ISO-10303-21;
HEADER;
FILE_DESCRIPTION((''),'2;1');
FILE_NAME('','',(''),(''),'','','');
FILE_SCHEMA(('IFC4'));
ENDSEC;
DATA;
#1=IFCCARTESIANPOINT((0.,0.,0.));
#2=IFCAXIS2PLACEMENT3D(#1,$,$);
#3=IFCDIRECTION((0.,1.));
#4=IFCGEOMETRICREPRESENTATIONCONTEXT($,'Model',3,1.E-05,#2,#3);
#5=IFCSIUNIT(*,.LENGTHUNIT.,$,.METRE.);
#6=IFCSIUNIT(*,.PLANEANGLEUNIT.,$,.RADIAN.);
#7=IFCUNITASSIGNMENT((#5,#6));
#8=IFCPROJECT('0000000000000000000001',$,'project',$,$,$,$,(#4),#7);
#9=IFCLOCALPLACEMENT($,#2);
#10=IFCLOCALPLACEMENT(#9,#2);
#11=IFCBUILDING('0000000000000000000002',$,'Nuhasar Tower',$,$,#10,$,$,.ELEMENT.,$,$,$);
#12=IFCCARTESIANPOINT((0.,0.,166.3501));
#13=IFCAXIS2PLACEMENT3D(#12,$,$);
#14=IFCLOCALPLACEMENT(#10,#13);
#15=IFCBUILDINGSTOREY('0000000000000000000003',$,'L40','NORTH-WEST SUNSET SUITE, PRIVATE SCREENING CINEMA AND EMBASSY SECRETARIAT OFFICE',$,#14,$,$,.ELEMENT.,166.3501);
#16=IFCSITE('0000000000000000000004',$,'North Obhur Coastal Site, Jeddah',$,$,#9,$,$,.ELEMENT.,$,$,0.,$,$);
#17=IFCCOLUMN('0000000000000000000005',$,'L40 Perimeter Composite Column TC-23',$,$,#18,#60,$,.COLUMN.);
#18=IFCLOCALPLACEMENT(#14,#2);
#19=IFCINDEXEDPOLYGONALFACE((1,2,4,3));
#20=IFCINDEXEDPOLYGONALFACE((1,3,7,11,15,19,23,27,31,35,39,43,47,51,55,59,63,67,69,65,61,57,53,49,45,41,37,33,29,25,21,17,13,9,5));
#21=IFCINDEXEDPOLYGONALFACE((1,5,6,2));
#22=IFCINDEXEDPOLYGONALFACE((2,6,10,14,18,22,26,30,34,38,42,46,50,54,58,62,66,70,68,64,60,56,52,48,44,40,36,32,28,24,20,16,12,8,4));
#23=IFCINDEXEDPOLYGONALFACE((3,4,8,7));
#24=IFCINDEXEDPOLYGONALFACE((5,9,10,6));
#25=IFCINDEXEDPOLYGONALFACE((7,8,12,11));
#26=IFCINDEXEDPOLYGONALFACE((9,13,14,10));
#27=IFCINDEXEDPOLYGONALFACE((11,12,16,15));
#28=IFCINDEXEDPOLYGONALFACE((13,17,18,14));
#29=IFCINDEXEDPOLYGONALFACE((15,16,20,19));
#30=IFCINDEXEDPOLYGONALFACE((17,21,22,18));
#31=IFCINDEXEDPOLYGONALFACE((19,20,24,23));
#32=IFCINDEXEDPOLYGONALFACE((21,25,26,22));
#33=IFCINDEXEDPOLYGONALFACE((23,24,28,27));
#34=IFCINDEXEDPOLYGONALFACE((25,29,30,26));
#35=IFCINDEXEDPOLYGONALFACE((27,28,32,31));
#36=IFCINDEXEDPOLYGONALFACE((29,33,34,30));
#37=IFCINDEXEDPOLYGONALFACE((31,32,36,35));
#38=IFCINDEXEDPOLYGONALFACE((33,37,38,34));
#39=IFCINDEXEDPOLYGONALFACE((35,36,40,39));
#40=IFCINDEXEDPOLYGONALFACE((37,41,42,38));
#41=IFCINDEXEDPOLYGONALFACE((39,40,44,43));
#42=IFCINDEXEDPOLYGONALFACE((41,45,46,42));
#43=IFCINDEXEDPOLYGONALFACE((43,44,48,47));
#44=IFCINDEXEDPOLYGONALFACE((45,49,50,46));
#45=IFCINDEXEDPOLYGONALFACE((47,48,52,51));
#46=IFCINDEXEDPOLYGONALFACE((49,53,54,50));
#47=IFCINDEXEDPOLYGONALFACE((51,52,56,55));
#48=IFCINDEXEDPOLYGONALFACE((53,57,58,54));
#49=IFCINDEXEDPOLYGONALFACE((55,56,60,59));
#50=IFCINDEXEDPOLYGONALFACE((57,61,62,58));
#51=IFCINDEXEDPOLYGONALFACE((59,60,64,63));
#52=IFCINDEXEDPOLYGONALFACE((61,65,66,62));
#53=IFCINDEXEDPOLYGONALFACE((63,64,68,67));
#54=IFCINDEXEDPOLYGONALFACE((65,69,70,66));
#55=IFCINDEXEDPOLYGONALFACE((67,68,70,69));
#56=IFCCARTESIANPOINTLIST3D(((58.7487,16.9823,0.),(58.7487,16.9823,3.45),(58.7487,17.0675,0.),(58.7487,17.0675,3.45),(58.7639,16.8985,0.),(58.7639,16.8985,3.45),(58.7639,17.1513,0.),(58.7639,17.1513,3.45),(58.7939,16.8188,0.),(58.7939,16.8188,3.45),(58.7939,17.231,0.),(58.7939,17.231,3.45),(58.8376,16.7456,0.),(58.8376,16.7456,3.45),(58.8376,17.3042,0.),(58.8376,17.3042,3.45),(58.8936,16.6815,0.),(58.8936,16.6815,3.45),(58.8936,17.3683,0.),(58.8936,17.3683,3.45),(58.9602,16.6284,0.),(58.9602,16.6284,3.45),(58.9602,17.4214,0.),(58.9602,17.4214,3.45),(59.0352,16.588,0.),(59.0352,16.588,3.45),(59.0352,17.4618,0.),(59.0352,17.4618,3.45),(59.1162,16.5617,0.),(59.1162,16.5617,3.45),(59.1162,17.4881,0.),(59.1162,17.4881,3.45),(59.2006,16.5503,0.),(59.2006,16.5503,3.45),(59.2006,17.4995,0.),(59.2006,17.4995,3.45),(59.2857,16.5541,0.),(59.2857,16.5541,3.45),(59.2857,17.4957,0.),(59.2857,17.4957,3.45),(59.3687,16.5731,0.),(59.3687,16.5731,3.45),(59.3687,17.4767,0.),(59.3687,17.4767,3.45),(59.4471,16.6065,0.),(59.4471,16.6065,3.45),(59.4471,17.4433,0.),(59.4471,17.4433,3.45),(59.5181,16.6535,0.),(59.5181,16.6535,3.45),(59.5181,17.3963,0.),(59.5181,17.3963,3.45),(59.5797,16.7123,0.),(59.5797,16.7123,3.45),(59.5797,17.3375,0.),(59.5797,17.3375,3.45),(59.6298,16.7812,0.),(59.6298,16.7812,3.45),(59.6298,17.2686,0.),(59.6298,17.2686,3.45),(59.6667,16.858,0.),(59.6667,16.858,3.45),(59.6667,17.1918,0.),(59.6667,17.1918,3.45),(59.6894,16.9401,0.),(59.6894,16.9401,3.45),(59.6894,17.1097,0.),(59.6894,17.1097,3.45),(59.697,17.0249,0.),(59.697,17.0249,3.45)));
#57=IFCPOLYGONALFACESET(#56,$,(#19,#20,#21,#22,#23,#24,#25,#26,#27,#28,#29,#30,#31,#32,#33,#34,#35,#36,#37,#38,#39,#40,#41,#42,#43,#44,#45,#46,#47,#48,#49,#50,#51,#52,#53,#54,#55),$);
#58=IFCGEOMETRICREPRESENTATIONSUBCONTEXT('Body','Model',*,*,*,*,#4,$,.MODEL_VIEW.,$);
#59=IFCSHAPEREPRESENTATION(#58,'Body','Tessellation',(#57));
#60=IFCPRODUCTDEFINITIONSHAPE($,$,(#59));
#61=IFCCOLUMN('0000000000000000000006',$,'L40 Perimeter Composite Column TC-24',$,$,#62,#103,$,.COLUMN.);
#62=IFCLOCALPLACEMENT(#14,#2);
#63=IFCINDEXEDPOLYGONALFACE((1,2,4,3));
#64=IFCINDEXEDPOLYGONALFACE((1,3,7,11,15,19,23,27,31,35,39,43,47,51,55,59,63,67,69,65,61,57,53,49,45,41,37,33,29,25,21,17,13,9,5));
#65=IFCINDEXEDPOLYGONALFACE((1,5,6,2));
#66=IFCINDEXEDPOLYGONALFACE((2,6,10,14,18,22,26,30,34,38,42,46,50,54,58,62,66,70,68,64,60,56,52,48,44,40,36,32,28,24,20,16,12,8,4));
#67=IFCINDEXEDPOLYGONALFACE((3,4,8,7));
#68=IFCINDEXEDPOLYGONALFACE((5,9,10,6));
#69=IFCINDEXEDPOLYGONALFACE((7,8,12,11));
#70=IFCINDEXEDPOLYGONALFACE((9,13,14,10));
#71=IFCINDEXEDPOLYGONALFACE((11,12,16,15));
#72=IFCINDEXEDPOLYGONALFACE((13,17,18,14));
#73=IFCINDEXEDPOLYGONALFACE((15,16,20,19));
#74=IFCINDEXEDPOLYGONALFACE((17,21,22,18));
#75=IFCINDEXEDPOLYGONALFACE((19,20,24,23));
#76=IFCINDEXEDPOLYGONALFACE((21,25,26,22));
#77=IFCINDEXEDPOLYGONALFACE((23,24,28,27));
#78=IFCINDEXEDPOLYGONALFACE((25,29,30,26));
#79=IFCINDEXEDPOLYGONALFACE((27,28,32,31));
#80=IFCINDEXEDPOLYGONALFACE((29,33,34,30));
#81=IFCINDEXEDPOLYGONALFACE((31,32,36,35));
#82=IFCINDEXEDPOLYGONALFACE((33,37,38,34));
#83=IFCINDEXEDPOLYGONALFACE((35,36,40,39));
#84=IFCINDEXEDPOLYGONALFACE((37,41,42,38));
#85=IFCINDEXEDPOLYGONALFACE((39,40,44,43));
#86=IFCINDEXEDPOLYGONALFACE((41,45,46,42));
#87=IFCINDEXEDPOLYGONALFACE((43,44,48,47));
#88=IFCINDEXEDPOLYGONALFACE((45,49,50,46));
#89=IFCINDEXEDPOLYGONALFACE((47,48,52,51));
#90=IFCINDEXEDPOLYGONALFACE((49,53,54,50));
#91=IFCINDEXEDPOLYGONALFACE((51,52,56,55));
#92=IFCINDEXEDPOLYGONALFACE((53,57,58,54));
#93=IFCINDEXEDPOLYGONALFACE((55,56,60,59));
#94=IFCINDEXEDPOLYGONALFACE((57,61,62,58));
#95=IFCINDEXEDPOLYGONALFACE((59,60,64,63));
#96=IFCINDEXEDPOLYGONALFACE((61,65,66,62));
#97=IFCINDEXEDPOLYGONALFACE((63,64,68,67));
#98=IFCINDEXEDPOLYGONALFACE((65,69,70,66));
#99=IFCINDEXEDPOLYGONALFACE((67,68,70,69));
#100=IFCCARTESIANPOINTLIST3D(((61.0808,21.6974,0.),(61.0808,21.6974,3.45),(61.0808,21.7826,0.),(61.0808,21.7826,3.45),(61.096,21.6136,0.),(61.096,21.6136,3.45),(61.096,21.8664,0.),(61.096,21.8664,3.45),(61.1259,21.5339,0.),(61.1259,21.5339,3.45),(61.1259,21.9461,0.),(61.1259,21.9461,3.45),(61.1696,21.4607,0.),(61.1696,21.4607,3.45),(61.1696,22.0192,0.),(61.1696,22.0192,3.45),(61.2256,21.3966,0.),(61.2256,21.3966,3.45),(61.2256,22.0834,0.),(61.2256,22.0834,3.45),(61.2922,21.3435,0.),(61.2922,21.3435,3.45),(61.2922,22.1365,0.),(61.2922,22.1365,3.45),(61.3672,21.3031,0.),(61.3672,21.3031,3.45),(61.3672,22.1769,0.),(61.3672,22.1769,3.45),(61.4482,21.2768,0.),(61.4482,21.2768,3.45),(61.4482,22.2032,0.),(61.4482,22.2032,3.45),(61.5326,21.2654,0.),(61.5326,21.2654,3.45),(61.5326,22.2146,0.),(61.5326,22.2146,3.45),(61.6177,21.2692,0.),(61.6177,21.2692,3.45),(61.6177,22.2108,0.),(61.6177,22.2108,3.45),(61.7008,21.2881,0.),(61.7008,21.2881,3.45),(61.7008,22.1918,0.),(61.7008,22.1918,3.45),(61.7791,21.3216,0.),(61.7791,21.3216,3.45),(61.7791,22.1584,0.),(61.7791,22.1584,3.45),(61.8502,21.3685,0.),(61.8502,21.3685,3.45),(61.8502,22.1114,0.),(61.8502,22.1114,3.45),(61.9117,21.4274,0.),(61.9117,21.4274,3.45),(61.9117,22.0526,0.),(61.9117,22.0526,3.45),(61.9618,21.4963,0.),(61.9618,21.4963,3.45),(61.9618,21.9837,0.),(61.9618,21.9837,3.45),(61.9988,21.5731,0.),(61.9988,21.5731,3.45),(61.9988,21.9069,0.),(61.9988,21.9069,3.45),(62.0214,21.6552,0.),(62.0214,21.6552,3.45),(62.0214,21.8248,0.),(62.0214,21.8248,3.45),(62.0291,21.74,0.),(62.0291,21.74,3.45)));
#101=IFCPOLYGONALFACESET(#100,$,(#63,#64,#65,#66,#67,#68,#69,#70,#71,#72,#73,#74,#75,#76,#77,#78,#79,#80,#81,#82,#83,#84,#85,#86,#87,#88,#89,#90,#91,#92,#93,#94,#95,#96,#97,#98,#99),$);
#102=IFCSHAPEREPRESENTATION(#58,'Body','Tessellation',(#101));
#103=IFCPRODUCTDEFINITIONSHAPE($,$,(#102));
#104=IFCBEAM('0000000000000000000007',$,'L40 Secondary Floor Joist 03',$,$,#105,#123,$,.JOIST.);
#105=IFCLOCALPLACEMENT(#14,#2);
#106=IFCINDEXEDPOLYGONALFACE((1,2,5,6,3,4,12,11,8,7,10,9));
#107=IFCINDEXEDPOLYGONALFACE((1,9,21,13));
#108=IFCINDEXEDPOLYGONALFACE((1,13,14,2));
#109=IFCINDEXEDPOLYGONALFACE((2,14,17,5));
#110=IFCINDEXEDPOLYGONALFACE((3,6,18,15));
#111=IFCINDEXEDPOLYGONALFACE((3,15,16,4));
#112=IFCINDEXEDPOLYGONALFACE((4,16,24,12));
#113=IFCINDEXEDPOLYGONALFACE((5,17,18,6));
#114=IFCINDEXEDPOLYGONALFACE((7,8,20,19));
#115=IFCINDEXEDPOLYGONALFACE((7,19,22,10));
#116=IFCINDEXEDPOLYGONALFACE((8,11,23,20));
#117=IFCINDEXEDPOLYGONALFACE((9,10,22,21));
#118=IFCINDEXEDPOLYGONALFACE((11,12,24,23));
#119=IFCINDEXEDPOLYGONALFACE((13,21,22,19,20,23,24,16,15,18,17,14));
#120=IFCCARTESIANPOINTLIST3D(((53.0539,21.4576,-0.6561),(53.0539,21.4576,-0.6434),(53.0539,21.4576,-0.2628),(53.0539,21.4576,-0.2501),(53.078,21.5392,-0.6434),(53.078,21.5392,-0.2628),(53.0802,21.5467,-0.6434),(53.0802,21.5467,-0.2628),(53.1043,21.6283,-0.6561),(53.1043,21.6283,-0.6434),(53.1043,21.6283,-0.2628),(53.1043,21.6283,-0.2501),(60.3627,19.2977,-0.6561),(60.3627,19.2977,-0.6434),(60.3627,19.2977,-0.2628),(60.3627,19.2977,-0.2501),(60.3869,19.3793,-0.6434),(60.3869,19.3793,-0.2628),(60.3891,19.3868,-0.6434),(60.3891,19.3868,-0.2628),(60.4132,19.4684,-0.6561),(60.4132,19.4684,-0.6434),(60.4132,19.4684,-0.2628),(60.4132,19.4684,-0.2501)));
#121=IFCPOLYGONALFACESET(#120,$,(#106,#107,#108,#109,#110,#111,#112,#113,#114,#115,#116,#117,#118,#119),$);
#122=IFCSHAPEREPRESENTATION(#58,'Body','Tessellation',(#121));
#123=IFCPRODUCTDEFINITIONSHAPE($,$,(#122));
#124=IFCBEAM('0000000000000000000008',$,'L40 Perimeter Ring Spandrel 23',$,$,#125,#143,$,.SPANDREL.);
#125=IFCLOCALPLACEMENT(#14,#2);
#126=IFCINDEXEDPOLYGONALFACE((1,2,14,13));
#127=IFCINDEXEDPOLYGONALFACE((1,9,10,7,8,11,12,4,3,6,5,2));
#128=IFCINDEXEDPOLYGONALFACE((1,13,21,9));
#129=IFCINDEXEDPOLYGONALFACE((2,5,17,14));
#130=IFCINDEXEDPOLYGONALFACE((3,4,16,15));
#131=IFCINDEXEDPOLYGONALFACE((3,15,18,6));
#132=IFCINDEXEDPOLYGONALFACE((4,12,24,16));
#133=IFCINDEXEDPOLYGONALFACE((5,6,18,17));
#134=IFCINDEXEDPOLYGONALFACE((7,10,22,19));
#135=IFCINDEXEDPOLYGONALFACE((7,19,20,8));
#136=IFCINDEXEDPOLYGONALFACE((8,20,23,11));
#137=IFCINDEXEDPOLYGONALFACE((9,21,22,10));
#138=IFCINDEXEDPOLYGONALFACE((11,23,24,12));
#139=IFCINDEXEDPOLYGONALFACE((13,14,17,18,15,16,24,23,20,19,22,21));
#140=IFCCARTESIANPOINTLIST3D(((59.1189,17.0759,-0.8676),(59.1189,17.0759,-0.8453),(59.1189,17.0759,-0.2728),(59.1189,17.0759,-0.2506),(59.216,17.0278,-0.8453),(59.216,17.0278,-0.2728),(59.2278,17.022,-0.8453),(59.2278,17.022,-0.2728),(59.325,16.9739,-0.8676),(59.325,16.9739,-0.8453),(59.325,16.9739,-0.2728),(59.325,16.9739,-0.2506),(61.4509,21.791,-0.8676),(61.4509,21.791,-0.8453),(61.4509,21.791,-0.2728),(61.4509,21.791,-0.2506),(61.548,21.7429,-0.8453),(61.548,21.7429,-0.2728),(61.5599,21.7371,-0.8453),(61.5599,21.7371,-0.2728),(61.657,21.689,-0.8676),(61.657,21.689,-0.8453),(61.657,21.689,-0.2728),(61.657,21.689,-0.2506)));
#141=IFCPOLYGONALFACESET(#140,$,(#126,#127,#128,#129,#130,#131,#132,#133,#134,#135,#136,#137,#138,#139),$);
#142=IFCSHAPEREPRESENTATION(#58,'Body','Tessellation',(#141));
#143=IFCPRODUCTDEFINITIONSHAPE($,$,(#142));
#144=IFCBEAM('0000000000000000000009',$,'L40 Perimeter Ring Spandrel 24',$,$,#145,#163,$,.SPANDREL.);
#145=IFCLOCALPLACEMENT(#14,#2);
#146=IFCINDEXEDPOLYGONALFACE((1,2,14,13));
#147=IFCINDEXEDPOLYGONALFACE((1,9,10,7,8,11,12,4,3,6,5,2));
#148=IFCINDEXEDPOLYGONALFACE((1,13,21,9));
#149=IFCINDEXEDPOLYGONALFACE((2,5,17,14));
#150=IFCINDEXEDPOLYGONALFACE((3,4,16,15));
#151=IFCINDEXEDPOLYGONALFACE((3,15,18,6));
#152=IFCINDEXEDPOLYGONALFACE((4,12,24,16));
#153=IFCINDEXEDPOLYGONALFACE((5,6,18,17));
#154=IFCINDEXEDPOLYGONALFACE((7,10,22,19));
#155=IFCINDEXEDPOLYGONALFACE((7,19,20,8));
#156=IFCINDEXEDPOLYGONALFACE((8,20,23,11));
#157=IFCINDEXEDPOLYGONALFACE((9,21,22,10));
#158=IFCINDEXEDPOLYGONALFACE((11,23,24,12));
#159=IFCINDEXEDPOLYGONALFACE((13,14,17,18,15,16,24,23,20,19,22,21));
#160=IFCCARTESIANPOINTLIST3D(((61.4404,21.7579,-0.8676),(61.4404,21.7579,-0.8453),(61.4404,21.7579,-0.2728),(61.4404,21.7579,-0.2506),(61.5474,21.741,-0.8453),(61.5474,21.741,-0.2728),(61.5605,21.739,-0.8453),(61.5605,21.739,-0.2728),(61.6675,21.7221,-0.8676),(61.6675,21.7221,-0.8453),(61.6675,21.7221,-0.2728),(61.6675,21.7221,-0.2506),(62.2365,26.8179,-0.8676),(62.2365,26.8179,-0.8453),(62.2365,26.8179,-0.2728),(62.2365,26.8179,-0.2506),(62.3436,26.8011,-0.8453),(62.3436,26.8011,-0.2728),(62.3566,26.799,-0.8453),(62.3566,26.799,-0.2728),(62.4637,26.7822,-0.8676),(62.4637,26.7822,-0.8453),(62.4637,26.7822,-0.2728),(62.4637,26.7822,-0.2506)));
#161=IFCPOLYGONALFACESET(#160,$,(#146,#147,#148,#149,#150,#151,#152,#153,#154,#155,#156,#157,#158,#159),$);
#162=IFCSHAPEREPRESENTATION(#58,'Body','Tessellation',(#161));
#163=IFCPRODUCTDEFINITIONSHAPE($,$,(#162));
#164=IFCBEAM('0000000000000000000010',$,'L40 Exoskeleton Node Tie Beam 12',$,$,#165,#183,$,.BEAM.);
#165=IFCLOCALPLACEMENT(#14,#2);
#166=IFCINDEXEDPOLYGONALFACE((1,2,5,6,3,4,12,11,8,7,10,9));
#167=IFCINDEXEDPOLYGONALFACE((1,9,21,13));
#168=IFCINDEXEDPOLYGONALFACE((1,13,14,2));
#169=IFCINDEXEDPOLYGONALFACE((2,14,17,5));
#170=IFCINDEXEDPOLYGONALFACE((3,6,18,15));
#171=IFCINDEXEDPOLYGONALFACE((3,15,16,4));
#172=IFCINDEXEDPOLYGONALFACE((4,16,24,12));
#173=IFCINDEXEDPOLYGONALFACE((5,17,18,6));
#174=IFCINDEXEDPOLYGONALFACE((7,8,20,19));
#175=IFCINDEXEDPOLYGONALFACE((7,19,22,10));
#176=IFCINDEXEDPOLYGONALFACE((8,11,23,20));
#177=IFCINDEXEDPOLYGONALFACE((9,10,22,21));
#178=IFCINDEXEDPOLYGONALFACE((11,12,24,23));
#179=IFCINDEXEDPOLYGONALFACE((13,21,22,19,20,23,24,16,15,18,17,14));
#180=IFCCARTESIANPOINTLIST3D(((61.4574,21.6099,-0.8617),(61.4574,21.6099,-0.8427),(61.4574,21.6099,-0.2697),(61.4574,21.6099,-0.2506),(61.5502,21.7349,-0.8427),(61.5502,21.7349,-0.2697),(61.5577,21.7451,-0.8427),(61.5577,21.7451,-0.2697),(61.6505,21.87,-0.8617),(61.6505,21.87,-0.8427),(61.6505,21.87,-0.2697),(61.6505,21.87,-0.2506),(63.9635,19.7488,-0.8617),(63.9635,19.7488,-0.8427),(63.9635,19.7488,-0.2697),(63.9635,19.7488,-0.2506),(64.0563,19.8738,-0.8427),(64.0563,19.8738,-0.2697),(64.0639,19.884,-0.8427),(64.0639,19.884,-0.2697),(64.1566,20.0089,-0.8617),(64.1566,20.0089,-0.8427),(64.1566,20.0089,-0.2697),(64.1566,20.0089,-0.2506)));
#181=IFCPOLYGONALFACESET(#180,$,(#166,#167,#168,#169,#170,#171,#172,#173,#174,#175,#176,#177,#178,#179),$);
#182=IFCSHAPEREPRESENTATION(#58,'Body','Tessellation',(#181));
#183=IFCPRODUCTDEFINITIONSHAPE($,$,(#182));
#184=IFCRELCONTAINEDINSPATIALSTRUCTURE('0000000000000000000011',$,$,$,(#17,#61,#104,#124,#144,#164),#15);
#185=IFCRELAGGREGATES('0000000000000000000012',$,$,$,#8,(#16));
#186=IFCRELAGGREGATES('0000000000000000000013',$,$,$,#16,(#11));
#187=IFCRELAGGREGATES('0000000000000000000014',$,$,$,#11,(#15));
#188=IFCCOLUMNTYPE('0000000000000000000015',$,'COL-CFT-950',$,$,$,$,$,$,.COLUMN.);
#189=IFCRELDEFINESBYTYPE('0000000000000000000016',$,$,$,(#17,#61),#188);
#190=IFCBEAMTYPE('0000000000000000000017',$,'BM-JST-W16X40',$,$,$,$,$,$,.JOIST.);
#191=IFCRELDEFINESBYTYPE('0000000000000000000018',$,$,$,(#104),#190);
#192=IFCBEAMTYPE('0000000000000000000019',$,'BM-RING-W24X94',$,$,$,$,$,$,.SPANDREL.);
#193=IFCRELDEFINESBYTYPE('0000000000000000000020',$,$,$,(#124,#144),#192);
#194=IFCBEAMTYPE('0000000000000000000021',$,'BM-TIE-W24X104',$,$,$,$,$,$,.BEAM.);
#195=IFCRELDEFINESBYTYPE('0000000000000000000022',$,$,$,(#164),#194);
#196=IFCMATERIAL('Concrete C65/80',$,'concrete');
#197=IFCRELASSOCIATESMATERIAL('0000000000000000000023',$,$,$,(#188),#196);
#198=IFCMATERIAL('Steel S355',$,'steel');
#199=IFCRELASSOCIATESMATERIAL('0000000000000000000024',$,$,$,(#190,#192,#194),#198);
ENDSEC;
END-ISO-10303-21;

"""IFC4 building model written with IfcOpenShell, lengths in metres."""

from ifc_helpers import new_model, si_unit, direction, frame, origin, origin_2d, place, context, subcontext, project, spatial, circle, i_section, extrude, material, material_profile, profile_set, type_object, element, save


model = new_model("IFC4")

# Units and contexts
model_context = context("Model", 3, precision=1e-05, world=origin(), true_north=direction((0.0, 1.0)))
body_context = subcontext(model_context, "Body", "Model", "MODEL_VIEW")
ifc_project = project(units=[si_unit("LENGTHUNIT", "METRE"), si_unit("PLANEANGLEUNIT", "RADIAN")], contexts=[model_context])

# Site, building, storey
site_placement = place(None, origin())
site = spatial("IfcSite", under=ifc_project, at=site_placement, Name="North Obhur Coastal Site, Jeddah", CompositionType="ELEMENT", RefElevation=0.0)
building_placement = place(site_placement, origin())
building = spatial("IfcBuilding", under=site, at=building_placement, Name="Nuhasar Tower", CompositionType="ELEMENT")
storey_placement = place(building_placement, frame((0.0, 0.0, 166.3501)))
storey = spatial("IfcBuildingStorey", under=building, at=storey_placement, Name="L40", Description="NORTH-WEST SUNSET SUITE, PRIVATE SCREENING CINEMA AND EMBASSY SECRETARIAT OFFICE", CompositionType="ELEMENT", Elevation=166.3501)

# Columns
ifc_material_1 = material(Name="Concrete C65/80", Category="concrete")
ifc_material_profile_1 = material_profile(ifc_material_1, circle(Radius=0.4751, at=origin_2d()), Name="CFT950")
ifc_profile_set_1 = profile_set([ifc_material_profile_1], Name="Concrete C65/80")
column_type = type_object("IfcColumnType", Name="COL-CFT-950", PredefinedType="COLUMN", material=ifc_profile_set_1)
for number, where, z_axis, x_axis, name in (
    (1, (59.2219, 17.0249, 0.0), (0.0, 0.0, 1.0), (1.0, 0.0, 0.0), "L40 Perimeter Composite Column TC-23"),
    (2, (61.554, 21.74, 0.0), (0.0, 0.0, 1.0), (1.0, 0.0, 0.0), "L40 Perimeter Composite Column TC-24"),
):
    element("IfcColumn", number, at=place(storey_placement, frame(where, z_axis=z_axis, x_axis=x_axis)), inside=storey, type_object=column_type, Name=name, PredefinedType="COLUMN", context=body_context, shape_type="SweptSolid", body=[
        extrude(circle(Radius=0.4751, at=origin_2d()), origin(), (0.0, 0.0, 1.0), 3.45),
    ])

# Beams
ifc_material_2 = material(Name="Steel S355", Category="steel")
ifc_material_profile_2 = material_profile(ifc_material_2, i_section(OverallWidth=0.178, OverallDepth=0.406, WebThickness=0.0078, FlangeThickness=0.0127, at=origin_2d()), Name="W16X40")
ifc_profile_set_2 = profile_set([ifc_material_profile_2], Name="Steel S355")
beam_type_1 = type_object("IfcBeamType", Name="BM-JST-W16X40", PredefinedType="JOIST", material=ifc_profile_set_2)
beam_1_placement = place(storey_placement, frame((53.0791, 21.543, -0.4531), z_axis=(0.959, -0.283404, 0.0), x_axis=(0.283404, 0.959, 0.0)))
element("IfcBeam", 3, at=beam_1_placement, inside=storey, type_object=beam_type_1, Name="L40 Secondary Floor Joist 03", PredefinedType="JOIST", context=body_context, shape_type="SweptSolid", body=[
    extrude(i_section(OverallWidth=0.178, OverallDepth=0.406, WebThickness=0.0078, FlangeThickness=0.0127, at=origin_2d()), origin(), (0.0, 0.0, 1.0), 7.6213),
])
ifc_material_profile_3 = material_profile(ifc_material_2, i_section(OverallWidth=0.23, OverallDepth=0.6169, WebThickness=0.0132, FlangeThickness=0.0222, at=origin_2d()), Name="W24X94")
ifc_profile_set_3 = profile_set([ifc_material_profile_3], Name="Steel S355")
beam_type_2 = type_object("IfcBeamType", Name="BM-RING-W24X94", PredefinedType="SPANDREL", material=ifc_profile_set_3)
beam_2_placement = place(storey_placement, frame((59.2219, 17.0249, -0.5591), z_axis=(0.443329, 0.896359, 0.0), x_axis=(-0.896359, 0.443329, 0.0)))
element("IfcBeam", 4, at=beam_2_placement, inside=storey, type_object=beam_type_2, Name="L40 Perimeter Ring Spandrel 23", PredefinedType="SPANDREL", context=body_context, shape_type="SweptSolid", body=[
    extrude(i_section(OverallWidth=0.23, OverallDepth=0.6169, WebThickness=0.0132, FlangeThickness=0.0222, at=origin_2d()), origin(), (0.0, 0.0, 1.0), 5.2603),
])
beam_3_placement = place(storey_placement, frame((61.554, 21.74, -0.5591), z_axis=(0.155427, 0.987847, 0.0), x_axis=(-0.987847, 0.155427, 0.0)))
element("IfcBeam", 5, at=beam_3_placement, inside=storey, type_object=beam_type_2, Name="L40 Perimeter Ring Spandrel 24", PredefinedType="SPANDREL", context=body_context, shape_type="SweptSolid", body=[
    extrude(i_section(OverallWidth=0.23, OverallDepth=0.6169, WebThickness=0.0132, FlangeThickness=0.0222, at=origin_2d()), origin(), (0.0, 0.0, 1.0), 5.1223),
])
ifc_material_profile_4 = material_profile(ifc_material_2, i_section(OverallWidth=0.324, OverallDepth=0.6111, WebThickness=0.0127, FlangeThickness=0.019, at=origin_2d()), Name="W24X104")
ifc_profile_set_4 = profile_set([ifc_material_profile_4], Name="Steel S355")
beam_type_3 = type_object("IfcBeamType", Name="BM-TIE-W24X104", PredefinedType="BEAM", material=ifc_profile_set_4)
beam_4_placement = place(storey_placement, frame((61.554, 21.74, -0.5562), z_axis=(0.802835, -0.596202, 0.0), x_axis=(0.596202, 0.802835, 0.0)))
element("IfcBeam", 6, at=beam_4_placement, inside=storey, type_object=beam_type_3, Name="L40 Exoskeleton Node Tie Beam 12", PredefinedType="BEAM", context=body_context, shape_type="SweptSolid", body=[
    extrude(i_section(OverallWidth=0.324, OverallDepth=0.6111, WebThickness=0.0127, FlangeThickness=0.019, at=origin_2d()), origin(), (0.0, 0.0, 1.0), 3.1216),
])

save(model, "model.ifc")
